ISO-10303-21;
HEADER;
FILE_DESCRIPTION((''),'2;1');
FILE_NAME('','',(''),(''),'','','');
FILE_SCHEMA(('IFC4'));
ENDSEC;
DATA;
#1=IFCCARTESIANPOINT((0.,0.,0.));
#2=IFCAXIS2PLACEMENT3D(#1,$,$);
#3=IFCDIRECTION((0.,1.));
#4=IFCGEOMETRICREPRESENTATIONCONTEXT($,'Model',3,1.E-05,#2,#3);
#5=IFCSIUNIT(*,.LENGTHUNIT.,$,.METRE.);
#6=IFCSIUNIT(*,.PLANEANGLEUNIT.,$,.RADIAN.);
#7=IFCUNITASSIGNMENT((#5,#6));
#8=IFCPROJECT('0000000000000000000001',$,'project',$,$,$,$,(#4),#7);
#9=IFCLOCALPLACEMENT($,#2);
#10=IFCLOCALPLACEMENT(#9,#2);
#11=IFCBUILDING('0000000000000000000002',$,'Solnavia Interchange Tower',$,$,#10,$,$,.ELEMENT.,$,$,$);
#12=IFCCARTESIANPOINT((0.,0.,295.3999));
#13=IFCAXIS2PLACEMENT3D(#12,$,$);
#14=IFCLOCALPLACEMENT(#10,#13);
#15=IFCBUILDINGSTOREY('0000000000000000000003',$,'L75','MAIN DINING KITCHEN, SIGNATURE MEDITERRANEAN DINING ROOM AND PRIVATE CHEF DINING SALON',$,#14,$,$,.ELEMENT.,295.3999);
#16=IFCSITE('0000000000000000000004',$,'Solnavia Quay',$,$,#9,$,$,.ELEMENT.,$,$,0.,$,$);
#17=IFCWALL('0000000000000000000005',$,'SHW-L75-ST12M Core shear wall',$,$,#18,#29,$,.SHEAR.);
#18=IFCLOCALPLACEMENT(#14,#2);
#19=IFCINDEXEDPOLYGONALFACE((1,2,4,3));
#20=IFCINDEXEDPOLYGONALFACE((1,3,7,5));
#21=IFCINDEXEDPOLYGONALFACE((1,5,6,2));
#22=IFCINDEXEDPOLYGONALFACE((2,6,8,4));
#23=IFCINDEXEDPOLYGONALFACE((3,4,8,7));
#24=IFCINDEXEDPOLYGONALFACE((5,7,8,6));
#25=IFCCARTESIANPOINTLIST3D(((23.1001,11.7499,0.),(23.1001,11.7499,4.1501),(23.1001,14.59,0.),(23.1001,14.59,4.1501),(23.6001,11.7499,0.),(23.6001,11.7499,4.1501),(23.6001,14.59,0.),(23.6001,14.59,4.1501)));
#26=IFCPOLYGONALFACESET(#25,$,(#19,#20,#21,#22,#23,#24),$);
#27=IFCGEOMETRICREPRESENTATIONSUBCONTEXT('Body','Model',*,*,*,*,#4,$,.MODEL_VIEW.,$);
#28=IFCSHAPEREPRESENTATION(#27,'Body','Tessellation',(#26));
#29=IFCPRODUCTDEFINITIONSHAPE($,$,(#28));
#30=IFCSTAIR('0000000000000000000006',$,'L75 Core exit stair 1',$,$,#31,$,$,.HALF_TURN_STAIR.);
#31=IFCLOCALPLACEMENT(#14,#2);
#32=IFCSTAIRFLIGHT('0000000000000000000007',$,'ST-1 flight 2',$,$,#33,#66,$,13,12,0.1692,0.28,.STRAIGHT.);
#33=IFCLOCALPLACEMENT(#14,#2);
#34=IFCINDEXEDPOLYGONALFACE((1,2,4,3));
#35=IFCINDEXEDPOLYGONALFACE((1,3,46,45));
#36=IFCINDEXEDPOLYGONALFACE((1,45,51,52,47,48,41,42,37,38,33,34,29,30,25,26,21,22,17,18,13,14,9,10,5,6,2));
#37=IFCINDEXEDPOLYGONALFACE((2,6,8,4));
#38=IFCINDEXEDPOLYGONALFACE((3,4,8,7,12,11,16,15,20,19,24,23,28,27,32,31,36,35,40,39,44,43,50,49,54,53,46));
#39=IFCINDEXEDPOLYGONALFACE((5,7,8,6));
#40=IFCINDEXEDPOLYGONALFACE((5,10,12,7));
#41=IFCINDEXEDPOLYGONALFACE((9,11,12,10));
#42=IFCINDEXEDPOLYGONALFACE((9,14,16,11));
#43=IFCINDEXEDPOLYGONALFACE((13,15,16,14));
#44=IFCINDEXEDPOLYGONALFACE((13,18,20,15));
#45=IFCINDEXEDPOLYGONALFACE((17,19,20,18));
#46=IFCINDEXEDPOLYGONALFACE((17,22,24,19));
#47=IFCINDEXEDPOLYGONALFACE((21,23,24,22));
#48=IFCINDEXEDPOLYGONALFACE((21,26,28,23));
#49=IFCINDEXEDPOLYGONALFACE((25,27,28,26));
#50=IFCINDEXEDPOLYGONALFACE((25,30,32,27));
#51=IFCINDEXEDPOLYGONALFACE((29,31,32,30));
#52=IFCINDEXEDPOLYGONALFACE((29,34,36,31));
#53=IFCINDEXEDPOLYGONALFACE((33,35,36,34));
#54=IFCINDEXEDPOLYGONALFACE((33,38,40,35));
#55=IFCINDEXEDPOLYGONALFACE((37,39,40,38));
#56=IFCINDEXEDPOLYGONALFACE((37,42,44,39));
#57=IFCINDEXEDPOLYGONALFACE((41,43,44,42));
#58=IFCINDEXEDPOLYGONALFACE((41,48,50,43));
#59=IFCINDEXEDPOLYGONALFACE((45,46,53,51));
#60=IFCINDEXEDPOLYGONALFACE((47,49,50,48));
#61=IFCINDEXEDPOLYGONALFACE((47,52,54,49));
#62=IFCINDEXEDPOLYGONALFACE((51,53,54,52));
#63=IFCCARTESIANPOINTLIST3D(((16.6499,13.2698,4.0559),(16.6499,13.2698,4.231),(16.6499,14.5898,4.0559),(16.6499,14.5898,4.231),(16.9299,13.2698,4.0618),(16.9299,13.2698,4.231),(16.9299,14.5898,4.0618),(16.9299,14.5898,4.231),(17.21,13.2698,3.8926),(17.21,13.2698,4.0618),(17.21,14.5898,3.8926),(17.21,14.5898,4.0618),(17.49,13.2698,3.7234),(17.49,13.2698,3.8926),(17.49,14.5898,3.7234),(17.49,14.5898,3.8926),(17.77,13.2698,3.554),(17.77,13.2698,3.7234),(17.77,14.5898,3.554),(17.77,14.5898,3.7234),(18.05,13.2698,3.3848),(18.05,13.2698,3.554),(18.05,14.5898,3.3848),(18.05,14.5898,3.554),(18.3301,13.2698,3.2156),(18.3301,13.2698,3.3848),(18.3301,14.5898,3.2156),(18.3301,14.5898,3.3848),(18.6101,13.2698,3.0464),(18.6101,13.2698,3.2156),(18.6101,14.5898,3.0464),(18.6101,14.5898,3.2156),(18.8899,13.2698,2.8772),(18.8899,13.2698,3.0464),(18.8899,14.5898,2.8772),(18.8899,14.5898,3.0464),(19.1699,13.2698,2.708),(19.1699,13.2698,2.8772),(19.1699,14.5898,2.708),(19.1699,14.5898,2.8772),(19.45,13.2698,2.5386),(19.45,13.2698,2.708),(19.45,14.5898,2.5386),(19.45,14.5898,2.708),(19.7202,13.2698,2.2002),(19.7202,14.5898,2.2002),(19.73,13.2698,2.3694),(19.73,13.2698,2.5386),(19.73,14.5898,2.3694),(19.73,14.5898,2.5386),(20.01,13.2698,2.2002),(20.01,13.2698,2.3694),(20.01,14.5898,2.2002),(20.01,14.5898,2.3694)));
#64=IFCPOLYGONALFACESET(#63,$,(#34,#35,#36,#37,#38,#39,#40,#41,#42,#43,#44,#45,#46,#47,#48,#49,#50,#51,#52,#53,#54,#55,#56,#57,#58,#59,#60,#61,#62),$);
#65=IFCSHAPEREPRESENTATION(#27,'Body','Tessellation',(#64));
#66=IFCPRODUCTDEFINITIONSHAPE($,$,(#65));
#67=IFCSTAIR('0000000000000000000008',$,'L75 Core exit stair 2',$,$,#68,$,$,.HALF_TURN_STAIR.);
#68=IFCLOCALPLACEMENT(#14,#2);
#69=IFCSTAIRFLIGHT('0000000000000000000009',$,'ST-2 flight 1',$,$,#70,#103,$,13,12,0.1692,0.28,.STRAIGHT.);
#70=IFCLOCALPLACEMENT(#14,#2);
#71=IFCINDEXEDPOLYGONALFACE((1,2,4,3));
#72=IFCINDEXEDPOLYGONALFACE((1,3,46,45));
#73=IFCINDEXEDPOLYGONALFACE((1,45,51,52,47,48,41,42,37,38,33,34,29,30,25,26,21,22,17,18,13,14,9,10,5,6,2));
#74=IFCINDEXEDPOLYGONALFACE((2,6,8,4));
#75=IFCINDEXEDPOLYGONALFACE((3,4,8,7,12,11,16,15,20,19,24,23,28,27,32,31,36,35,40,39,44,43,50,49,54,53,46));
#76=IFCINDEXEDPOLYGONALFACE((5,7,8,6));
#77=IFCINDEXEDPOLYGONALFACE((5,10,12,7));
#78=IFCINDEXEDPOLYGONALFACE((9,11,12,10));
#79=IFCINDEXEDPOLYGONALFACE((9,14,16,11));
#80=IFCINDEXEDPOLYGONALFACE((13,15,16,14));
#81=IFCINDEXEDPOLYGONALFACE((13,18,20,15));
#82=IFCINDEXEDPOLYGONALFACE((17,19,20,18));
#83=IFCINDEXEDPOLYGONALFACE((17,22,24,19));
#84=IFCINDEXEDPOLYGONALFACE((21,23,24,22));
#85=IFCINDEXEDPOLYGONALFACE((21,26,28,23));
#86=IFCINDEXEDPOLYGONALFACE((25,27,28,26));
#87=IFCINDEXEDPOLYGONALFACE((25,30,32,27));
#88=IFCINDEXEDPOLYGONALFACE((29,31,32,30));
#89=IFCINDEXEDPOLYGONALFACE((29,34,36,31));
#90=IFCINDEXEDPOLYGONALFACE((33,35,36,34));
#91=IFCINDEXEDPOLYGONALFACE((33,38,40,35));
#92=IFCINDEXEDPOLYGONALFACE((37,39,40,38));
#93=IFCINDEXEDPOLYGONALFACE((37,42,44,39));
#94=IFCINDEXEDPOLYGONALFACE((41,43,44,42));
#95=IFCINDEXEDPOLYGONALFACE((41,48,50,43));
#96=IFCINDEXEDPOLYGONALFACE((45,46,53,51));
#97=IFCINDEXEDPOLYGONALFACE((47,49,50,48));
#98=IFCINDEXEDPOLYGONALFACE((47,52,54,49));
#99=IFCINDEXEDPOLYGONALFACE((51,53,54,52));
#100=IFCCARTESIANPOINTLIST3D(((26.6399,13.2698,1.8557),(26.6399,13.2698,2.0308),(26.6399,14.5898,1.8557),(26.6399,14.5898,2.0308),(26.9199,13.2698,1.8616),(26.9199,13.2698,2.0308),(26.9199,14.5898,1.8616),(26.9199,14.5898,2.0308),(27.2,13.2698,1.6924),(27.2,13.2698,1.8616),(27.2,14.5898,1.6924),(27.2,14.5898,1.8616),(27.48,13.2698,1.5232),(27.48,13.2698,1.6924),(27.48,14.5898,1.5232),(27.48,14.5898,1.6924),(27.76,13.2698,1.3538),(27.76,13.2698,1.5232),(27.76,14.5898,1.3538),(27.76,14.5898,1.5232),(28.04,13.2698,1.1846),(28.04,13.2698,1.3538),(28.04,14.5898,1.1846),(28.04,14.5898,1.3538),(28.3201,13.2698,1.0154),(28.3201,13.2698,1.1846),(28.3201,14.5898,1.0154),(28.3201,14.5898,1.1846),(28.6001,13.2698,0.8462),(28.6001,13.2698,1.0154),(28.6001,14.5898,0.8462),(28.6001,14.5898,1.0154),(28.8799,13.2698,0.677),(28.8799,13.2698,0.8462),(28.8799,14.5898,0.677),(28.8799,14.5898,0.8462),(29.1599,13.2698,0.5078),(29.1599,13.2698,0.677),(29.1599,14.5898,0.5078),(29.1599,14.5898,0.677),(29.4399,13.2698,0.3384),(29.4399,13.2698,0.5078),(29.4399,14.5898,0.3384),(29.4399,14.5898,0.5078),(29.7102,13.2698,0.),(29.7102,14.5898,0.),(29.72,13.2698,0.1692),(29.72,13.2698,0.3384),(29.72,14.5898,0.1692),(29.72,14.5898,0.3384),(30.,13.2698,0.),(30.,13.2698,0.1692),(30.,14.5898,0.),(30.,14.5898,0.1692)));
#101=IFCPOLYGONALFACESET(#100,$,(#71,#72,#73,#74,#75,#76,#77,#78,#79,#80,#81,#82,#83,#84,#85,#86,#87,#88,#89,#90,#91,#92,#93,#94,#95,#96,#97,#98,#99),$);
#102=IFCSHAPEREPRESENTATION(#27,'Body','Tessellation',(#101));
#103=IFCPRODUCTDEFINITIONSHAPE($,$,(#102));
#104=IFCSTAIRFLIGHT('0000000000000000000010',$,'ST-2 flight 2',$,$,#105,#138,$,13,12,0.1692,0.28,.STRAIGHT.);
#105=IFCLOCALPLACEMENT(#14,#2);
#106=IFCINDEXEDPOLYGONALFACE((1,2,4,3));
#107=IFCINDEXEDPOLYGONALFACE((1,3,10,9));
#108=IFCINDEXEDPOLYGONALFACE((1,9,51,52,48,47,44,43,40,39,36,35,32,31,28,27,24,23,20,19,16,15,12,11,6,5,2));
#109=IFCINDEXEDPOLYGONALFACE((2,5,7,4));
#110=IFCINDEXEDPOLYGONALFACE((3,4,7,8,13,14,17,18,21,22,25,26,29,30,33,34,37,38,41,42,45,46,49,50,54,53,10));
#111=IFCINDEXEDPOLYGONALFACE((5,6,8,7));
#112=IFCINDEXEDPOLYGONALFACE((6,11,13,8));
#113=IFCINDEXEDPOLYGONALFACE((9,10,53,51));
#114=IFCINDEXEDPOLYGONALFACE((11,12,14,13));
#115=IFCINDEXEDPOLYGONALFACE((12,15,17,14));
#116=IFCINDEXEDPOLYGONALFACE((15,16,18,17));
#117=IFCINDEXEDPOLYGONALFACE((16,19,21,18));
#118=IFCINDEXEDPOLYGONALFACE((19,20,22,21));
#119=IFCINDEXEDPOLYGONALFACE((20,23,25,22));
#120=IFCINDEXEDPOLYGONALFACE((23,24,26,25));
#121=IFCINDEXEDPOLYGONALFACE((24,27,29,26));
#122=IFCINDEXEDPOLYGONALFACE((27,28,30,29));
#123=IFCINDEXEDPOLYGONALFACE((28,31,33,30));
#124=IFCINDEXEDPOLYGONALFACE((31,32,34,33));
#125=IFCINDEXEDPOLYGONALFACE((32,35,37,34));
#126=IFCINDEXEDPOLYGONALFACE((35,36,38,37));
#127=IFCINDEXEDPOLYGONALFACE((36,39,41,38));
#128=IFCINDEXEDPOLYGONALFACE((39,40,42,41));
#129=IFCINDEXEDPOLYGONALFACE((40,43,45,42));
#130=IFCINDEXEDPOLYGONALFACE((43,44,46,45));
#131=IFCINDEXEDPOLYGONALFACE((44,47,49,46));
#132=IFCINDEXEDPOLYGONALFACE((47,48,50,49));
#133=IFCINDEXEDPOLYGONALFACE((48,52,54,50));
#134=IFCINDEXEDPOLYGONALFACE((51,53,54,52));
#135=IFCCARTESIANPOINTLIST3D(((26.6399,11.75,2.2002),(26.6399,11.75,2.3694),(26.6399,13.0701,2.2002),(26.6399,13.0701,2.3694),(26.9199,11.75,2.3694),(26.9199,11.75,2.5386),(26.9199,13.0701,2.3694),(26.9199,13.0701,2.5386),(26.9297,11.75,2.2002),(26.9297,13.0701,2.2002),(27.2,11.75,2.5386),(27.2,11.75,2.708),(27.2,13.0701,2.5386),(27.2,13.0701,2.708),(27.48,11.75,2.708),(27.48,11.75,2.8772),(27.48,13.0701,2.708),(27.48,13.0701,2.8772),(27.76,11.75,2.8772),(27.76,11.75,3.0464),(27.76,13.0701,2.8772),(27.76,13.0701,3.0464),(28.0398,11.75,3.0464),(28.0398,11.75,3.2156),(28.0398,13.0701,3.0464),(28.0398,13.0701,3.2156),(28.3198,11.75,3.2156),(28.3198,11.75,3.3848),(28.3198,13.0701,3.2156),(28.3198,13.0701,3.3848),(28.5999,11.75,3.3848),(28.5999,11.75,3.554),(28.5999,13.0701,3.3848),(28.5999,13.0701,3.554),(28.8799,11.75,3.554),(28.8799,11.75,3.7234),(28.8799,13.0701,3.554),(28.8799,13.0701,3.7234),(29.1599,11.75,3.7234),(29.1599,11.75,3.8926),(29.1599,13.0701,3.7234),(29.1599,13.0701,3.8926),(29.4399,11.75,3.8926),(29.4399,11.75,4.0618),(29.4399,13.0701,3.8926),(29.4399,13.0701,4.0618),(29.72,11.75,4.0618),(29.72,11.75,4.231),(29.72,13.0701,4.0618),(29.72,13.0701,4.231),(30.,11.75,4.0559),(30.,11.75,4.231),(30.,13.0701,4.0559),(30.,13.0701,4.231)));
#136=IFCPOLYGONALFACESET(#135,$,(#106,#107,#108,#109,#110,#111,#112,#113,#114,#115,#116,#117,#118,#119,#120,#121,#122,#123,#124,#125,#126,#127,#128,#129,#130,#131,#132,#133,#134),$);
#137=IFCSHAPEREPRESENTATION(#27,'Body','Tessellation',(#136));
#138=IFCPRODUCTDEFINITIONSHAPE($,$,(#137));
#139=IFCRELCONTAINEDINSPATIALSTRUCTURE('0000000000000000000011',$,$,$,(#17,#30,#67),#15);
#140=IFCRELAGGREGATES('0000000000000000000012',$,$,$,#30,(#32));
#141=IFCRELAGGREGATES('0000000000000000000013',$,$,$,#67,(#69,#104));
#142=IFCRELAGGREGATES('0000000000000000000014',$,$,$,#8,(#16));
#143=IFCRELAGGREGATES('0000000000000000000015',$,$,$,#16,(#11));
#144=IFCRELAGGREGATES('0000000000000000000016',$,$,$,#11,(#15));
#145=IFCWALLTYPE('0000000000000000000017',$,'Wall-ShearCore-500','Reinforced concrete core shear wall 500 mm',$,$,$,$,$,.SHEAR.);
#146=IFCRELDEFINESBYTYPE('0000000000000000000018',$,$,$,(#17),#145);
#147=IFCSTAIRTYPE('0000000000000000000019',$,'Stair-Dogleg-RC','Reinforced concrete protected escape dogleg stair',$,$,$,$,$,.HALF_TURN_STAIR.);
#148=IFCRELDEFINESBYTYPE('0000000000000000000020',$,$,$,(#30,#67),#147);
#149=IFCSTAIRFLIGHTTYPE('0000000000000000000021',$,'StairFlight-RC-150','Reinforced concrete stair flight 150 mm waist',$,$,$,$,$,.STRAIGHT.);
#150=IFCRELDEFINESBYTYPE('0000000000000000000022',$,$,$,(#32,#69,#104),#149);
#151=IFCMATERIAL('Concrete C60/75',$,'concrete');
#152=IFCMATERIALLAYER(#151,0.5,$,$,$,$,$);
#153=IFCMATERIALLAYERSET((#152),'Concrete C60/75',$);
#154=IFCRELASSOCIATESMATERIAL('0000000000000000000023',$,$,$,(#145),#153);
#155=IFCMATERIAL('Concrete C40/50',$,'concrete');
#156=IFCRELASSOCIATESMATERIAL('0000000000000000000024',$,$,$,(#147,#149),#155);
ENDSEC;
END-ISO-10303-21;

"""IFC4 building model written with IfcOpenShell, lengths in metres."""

from ifc_helpers import new_model, si_unit, direction, frame, frame_2d, origin, place, context, subcontext, project, spatial, polyline, rectangle, outline, extrude, material, layer, layer_set, type_object, element, aggregate, save


model = new_model("IFC4")

# Units and contexts
model_context = context("Model", 3, precision=1e-05, world=origin(), true_north=direction((0.0, 1.0)))
body_context = subcontext(model_context, "Body", "Model", "MODEL_VIEW")
ifc_project = project(units=[si_unit("LENGTHUNIT", "METRE"), si_unit("PLANEANGLEUNIT", "RADIAN")], contexts=[model_context])

# Site, building, storey
site_placement = place(None, origin())
site = spatial("IfcSite", under=ifc_project, at=site_placement, Name="Solnavia Quay", CompositionType="ELEMENT", RefElevation=0.0)
building_placement = place(site_placement, origin())
building = spatial("IfcBuilding", under=site, at=building_placement, Name="Solnavia Interchange Tower", CompositionType="ELEMENT")
storey_placement = place(building_placement, frame((0.0, 0.0, 295.3999)))
storey = spatial("IfcBuildingStorey", under=building, at=storey_placement, Name="L75", Description="MAIN DINING KITCHEN, SIGNATURE MEDITERRANEAN DINING ROOM AND PRIVATE CHEF DINING SALON", CompositionType="ELEMENT", Elevation=295.3999)

# Shared definitions
ifc_material_1 = material(Name="Concrete C40/50", Category="concrete")

# Wall
ifc_material_2 = material(Name="Concrete C60/75", Category="concrete")
ifc_layer_1 = layer(ifc_material_2, 0.5)
ifc_layer_set_1 = layer_set([ifc_layer_1], Name="Concrete C60/75")
wall_type_1 = type_object("IfcWallType", Name="Wall-ShearCore-500", Description="Reinforced concrete core shear wall 500 mm", PredefinedType="SHEAR", material=ifc_layer_set_1)
wall_1_placement = place(storey_placement, frame((23.3501, 11.75, 0.0), z_axis=(0.0, 0.0, 1.0), x_axis=(0.0, 1.0, 0.0)))
element("IfcWall", 1, at=wall_1_placement, inside=storey, type_object=wall_type_1, Name="SHW-L75-ST12M Core shear wall", PredefinedType="SHEAR", context=body_context, shape_type="SweptSolid", body=[
    extrude(rectangle(XDim=2.8401, YDim=0.5, at=frame_2d((1.4199, 0.0))), origin(), (0.0, 0.0, 1.0), 4.1501),
])

# Stair, stair flight
stair_type = type_object("IfcStairType", Name="Stair-Dogleg-RC", Description="Reinforced concrete protected escape dogleg stair", PredefinedType="HALF_TURN_STAIR", material=ifc_material_1)
stair_1_placement = place(storey_placement, origin())
stair_1 = element("IfcStair", 2, at=stair_1_placement, inside=storey, type_object=stair_type, Name="L75 Core exit stair 1", PredefinedType="HALF_TURN_STAIR")
stair_flight_type = type_object("IfcStairFlightType", Name="StairFlight-RC-150", Description="Reinforced concrete stair flight 150 mm waist", PredefinedType="STRAIGHT", material=ifc_material_1)
stair_flight_1_placement = place(storey_placement, frame((20.01, 13.9299, 2.2002), z_axis=(0.0, 0.0, 1.0), x_axis=(-1.0, 0.0, 0.0)))
stair_flight_1 = element("IfcStairFlight", 3, at=stair_flight_1_placement, type_object=stair_flight_type, Name="ST-1 flight 2", NumberOfRisers=13, NumberOfTreads=12, PredefinedType="STRAIGHT", RiserHeight=0.1692, TreadLength=0.28, context=body_context, shape_type="SweptSolid", body=[
    extrude(outline(polyline([(0.0, 0.0), (0.0, 0.1692), (0.28, 0.1692), (0.28, 0.3384), (0.5601, 0.3384), (0.5601, 0.5078), (0.8401, 0.5078), (0.8401, 0.677), (1.1201, 0.677), (1.1201, 0.8462), (1.3999, 0.8462), (1.3999, 1.0154), (1.6799, 1.0154), (1.6799, 1.1846), (1.96, 1.1846), (1.96, 1.3538), (2.24, 1.3538), (2.24, 1.5232), (2.52, 1.5232), (2.52, 1.6924), (2.8, 1.6924), (2.8, 1.8616), (3.0801, 1.8616), (3.0801, 2.0308), (3.3601, 2.0308), (3.3601, 2.2), (3.3601, 1.8557), (0.2898, 0.0), (0.0, 0.0)])), frame((0.0, 0.6602, 0.0), z_axis=(0.0, -1.0, 0.0), x_axis=(1.0, 0.0, 0.0)), (0.0, 0.0, 1.0), 1.3201),
])
aggregate(stair_1, [stair_flight_1])

# Stair, stair flights
stair_2_placement = place(storey_placement, origin())
stair_2 = element("IfcStair", 4, at=stair_2_placement, inside=storey, type_object=stair_type, Name="L75 Core exit stair 2", PredefinedType="HALF_TURN_STAIR")
stair_flight_2_placement = place(storey_placement, frame((30.0, 13.9299, 0.0), z_axis=(0.0, 0.0, 1.0), x_axis=(-1.0, 0.0, 0.0)))
stair_flight_2 = element("IfcStairFlight", 5, at=stair_flight_2_placement, type_object=stair_flight_type, Name="ST-2 flight 1", NumberOfRisers=13, NumberOfTreads=12, PredefinedType="STRAIGHT", RiserHeight=0.1692, TreadLength=0.28, context=body_context, shape_type="SweptSolid", body=[
    extrude(outline(polyline([(0.0, 0.0), (0.0, 0.1692), (0.28, 0.1692), (0.28, 0.3384), (0.5601, 0.3384), (0.5601, 0.5078), (0.8401, 0.5078), (0.8401, 0.677), (1.1201, 0.677), (1.1201, 0.8462), (1.3999, 0.8462), (1.3999, 1.0154), (1.6799, 1.0154), (1.6799, 1.1846), (1.96, 1.1846), (1.96, 1.3538), (2.24, 1.3538), (2.24, 1.5232), (2.52, 1.5232), (2.52, 1.6924), (2.8, 1.6924), (2.8, 1.8616), (3.0801, 1.8616), (3.0801, 2.0308), (3.3601, 2.0308), (3.3601, 2.2), (3.3601, 1.8557), (0.2898, 0.0), (0.0, 0.0)])), frame((0.0, 0.6602, 0.0), z_axis=(0.0, -1.0, 0.0), x_axis=(1.0, 0.0, 0.0)), (0.0, 0.0, 1.0), 1.3201),
])
stair_flight_3_placement = place(storey_placement, frame((26.6399, 12.4099, 2.2002), z_axis=(0.0, 0.0, 1.0), x_axis=(1.0, 0.0, 0.0)))
stair_flight_3 = element("IfcStairFlight", 6, at=stair_flight_3_placement, type_object=stair_flight_type, Name="ST-2 flight 2", NumberOfRisers=13, NumberOfTreads=12, PredefinedType="STRAIGHT", RiserHeight=0.1692, TreadLength=0.28, context=body_context, shape_type="SweptSolid", body=[
    extrude(outline(polyline([(0.0, 0.0), (0.0, 0.1692), (0.28, 0.1692), (0.28, 0.3384), (0.5601, 0.3384), (0.5601, 0.5078), (0.8401, 0.5078), (0.8401, 0.677), (1.1201, 0.677), (1.1201, 0.8462), (1.3999, 0.8462), (1.3999, 1.0154), (1.6799, 1.0154), (1.6799, 1.1846), (1.96, 1.1846), (1.96, 1.3538), (2.24, 1.3538), (2.24, 1.5232), (2.52, 1.5232), (2.52, 1.6924), (2.8, 1.6924), (2.8, 1.8616), (3.0801, 1.8616), (3.0801, 2.0308), (3.3601, 2.0308), (3.3601, 2.2), (3.3601, 1.8557), (0.2898, 0.0), (0.0, 0.0)])), frame((0.0, 0.6602, 0.0), z_axis=(0.0, -1.0, 0.0), x_axis=(1.0, 0.0, 0.0)), (0.0, 0.0, 1.0), 1.3201),
])
aggregate(stair_2, [stair_flight_2, stair_flight_3])

save(model, "model.ifc")
